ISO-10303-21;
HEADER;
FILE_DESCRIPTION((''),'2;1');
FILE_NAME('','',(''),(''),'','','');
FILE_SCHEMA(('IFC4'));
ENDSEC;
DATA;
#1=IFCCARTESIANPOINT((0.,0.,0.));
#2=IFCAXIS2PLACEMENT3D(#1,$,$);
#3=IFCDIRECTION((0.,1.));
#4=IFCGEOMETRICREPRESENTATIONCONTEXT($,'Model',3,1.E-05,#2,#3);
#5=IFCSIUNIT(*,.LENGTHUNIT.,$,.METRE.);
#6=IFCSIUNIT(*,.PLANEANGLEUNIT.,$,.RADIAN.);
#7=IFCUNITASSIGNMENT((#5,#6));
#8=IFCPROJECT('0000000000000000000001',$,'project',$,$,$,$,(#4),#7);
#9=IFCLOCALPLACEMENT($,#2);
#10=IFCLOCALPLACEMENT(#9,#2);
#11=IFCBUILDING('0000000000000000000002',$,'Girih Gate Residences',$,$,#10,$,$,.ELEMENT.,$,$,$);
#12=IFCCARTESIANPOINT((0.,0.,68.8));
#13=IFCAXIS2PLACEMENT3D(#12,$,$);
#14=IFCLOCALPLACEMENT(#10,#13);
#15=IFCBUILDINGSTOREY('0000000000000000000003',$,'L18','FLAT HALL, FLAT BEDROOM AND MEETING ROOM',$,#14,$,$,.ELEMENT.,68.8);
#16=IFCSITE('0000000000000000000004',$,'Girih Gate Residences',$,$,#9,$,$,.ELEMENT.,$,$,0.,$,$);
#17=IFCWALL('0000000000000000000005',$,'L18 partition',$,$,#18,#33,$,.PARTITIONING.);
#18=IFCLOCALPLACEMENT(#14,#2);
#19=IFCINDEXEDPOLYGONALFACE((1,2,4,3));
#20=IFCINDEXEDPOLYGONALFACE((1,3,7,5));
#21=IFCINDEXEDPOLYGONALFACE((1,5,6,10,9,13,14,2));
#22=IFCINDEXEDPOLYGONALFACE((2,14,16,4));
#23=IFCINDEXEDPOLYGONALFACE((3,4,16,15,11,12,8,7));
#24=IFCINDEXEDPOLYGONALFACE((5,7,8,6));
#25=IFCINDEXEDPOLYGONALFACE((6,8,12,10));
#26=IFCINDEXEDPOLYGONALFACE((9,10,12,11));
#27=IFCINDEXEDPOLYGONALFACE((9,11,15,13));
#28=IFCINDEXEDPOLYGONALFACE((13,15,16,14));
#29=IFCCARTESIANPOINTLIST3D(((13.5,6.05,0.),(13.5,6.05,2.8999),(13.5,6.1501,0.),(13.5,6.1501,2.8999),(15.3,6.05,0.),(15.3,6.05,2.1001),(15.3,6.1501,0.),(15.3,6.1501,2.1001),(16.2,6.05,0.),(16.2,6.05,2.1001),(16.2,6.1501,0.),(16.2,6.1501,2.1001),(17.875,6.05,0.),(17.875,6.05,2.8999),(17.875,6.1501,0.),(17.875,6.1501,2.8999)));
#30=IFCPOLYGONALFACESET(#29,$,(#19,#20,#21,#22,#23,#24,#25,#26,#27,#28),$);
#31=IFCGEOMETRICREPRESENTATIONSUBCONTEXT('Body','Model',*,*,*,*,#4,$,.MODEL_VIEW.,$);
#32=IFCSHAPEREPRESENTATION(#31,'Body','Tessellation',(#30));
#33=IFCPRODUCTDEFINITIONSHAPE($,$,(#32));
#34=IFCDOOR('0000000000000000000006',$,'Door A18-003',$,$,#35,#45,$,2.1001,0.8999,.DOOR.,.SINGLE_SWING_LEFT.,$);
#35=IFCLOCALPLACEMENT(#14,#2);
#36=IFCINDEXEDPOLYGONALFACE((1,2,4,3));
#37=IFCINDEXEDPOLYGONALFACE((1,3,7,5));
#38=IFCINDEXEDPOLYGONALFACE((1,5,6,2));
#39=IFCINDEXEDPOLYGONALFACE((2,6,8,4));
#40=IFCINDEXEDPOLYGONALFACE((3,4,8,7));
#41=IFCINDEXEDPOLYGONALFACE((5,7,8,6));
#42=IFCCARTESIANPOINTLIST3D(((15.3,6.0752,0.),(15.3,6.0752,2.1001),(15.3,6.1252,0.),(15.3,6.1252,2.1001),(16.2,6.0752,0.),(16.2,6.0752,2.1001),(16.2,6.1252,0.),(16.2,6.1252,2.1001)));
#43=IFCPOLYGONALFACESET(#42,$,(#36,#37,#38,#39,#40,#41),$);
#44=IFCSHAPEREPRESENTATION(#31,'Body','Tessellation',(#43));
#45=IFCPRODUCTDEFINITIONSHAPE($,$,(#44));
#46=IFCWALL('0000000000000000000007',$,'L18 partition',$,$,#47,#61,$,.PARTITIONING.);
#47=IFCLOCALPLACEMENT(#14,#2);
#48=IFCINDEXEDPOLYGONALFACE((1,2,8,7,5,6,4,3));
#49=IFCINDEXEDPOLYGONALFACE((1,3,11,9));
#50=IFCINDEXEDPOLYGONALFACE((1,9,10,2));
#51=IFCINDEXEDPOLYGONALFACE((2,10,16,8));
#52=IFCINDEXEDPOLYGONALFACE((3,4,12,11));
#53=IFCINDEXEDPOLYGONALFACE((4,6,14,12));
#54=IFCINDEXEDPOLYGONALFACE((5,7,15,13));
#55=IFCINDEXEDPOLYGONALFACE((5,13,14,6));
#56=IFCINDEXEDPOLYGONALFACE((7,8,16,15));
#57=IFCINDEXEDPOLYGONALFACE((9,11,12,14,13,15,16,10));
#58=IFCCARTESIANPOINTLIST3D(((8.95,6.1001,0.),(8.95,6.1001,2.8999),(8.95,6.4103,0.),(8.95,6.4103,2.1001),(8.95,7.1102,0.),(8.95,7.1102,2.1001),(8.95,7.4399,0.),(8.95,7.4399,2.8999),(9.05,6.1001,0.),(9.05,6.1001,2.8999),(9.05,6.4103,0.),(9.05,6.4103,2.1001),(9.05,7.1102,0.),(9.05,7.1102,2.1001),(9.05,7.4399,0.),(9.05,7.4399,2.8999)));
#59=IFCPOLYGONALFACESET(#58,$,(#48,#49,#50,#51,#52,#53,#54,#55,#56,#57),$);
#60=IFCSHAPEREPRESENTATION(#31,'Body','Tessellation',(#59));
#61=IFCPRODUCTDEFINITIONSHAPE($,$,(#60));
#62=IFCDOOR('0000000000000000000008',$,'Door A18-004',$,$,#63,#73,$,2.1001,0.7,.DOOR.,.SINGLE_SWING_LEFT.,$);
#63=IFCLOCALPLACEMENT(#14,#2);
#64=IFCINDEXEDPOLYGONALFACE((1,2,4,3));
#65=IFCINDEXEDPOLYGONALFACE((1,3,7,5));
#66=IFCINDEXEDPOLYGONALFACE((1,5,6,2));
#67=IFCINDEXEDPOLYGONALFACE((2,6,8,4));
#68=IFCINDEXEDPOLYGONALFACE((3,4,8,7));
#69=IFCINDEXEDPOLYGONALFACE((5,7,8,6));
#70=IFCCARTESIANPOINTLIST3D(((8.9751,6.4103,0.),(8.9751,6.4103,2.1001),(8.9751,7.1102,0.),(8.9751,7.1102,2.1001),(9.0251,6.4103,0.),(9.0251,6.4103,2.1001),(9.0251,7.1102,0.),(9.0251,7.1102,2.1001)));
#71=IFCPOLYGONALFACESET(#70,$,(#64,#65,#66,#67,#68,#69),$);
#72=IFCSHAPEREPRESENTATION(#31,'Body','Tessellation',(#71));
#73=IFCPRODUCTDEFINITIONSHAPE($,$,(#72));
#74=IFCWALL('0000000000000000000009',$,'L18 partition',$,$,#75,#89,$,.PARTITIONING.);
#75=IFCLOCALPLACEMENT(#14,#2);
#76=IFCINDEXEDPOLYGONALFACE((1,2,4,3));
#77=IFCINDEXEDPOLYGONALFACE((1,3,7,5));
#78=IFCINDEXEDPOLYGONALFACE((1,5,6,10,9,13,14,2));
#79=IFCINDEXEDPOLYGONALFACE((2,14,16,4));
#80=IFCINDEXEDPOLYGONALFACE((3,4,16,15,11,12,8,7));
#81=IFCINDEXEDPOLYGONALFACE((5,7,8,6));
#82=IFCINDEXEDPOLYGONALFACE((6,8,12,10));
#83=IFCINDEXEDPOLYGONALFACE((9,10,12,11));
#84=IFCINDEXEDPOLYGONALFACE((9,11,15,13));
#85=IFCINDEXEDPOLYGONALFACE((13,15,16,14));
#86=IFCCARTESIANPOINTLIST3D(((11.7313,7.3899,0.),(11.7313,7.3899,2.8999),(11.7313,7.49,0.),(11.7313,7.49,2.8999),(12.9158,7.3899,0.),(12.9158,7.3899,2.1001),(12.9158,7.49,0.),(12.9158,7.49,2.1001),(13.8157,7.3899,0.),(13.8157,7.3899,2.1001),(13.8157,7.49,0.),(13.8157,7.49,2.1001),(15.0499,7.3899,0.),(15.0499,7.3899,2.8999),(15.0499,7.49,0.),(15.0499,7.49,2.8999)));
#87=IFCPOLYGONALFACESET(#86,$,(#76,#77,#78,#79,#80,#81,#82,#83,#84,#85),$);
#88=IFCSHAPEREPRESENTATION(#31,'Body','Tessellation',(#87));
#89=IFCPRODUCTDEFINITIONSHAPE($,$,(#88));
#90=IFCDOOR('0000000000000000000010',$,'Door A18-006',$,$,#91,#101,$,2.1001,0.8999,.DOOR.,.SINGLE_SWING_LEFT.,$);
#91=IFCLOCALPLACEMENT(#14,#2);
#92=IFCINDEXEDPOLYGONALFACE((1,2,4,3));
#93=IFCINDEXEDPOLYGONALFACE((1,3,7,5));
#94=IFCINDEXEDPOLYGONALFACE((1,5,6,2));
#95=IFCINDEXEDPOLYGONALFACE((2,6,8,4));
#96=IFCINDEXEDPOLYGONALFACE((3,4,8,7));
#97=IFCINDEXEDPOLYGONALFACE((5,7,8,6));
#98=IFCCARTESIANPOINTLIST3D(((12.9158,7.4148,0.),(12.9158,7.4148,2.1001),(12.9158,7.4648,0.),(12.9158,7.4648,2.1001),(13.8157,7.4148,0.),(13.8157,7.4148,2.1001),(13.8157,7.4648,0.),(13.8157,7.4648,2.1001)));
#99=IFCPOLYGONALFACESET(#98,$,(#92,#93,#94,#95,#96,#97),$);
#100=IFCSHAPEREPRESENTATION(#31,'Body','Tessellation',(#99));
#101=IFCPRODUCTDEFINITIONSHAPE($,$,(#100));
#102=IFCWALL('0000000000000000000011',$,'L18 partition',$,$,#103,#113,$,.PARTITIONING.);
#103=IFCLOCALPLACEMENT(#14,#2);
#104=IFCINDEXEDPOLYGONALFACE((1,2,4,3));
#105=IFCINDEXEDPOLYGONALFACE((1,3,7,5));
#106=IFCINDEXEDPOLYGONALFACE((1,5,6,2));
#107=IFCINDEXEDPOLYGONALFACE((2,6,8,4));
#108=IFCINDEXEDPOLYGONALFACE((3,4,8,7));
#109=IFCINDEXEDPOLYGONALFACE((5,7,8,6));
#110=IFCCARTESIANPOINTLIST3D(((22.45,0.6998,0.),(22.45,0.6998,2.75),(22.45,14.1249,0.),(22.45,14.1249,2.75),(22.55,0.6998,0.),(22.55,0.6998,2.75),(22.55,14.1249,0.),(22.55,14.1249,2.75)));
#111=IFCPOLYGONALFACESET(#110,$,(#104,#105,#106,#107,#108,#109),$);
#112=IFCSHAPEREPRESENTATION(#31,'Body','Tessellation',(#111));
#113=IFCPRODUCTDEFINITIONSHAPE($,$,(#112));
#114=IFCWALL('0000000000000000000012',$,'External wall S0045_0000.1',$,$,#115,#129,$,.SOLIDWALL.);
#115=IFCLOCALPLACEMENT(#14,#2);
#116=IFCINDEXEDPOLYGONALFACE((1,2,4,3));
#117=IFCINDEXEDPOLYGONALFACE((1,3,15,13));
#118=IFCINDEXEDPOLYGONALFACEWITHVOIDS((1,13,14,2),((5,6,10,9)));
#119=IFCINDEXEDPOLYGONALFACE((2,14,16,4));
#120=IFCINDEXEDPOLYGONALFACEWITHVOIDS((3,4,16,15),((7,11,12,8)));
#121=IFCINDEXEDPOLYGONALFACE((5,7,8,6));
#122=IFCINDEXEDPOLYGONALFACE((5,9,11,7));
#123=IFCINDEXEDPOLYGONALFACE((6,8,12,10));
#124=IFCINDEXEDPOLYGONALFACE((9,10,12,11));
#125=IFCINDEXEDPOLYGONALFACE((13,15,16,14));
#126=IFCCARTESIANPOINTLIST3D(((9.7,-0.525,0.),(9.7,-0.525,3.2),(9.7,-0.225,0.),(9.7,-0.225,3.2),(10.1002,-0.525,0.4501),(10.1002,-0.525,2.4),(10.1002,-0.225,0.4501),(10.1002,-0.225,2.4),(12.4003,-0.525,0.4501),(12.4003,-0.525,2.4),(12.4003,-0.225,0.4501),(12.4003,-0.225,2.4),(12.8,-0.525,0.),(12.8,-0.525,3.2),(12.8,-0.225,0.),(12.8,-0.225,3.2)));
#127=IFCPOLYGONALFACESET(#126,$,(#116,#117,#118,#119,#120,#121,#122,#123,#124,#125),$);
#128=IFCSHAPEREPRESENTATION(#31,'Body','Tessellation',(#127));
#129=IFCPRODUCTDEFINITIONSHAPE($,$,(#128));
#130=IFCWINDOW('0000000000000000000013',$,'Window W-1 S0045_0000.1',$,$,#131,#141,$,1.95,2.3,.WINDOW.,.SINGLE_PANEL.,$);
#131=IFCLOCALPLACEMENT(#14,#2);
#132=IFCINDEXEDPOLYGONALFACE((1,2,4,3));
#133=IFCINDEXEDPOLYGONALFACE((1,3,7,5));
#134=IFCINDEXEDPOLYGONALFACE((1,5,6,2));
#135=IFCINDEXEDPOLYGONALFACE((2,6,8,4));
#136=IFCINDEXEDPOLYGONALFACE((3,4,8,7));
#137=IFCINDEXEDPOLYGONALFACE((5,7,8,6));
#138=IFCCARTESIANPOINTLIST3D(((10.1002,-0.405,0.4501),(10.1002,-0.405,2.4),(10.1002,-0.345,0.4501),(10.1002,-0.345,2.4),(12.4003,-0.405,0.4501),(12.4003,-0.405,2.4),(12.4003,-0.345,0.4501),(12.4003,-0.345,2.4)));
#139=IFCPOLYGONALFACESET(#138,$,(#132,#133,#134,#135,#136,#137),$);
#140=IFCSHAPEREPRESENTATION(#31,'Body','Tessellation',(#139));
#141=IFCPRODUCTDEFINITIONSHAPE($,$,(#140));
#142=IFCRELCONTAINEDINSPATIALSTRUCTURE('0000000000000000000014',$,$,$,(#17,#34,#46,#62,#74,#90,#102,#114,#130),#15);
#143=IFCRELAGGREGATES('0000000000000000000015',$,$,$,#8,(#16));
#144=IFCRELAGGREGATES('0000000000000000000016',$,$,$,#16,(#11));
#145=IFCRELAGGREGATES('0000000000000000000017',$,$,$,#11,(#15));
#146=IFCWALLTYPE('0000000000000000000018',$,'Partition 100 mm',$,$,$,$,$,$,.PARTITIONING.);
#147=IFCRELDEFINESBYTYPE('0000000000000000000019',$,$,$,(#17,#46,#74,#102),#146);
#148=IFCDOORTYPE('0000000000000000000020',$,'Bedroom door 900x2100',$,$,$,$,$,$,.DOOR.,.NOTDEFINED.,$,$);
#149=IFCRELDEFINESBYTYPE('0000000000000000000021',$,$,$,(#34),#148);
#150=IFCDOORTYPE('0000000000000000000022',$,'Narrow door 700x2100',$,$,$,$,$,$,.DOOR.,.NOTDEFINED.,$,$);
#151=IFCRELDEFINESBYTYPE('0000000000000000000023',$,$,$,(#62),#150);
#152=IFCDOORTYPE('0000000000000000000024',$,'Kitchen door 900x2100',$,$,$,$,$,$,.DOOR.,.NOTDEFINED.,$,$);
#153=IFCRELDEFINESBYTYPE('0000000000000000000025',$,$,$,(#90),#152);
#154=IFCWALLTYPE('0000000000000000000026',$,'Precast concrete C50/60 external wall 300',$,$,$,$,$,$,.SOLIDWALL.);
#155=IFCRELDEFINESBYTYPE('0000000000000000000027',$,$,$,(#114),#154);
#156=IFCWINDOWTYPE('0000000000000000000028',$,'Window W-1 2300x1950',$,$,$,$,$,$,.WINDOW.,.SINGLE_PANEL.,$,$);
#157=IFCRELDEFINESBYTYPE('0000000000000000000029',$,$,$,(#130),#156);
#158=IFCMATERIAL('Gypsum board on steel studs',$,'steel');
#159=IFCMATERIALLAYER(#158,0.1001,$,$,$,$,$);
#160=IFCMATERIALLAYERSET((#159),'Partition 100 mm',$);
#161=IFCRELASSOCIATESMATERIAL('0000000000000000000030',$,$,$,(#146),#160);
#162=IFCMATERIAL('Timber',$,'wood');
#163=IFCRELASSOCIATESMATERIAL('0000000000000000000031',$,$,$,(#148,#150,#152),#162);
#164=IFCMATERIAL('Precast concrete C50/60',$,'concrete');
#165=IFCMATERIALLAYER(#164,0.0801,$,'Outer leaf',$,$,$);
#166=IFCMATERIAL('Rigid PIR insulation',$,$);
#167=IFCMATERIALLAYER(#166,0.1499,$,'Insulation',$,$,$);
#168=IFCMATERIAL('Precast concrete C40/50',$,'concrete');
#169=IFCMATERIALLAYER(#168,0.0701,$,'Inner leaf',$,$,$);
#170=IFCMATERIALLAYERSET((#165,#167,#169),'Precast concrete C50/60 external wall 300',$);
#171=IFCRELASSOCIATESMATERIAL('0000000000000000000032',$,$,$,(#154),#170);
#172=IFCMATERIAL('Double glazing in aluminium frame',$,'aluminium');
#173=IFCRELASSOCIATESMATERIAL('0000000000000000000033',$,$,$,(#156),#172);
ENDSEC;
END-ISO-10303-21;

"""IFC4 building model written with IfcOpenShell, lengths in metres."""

from ifc_helpers import new_model, si_unit, direction, frame, frame_2d, origin, place, context, subcontext, project, spatial, rectangle, extrude, material, layer, layer_set, type_object, element, fill, save


model = new_model("IFC4")

# Units and contexts
model_context = context("Model", 3, precision=1e-05, world=origin(), true_north=direction((0.0, 1.0)))
body_context = subcontext(model_context, "Body", "Model", "MODEL_VIEW")
ifc_project = project(units=[si_unit("LENGTHUNIT", "METRE"), si_unit("PLANEANGLEUNIT", "RADIAN")], contexts=[model_context])

# Site, building, storey
site_placement = place(None, origin())
site = spatial("IfcSite", under=ifc_project, at=site_placement, Name="Girih Gate Residences", CompositionType="ELEMENT", RefElevation=0.0)
building_placement = place(site_placement, origin())
building = spatial("IfcBuilding", under=site, at=building_placement, Name="Girih Gate Residences", CompositionType="ELEMENT")
storey_placement = place(building_placement, frame((0.0, 0.0, 68.8)))
storey = spatial("IfcBuildingStorey", under=building, at=storey_placement, Name="L18", Description="FLAT HALL, FLAT BEDROOM AND MEETING ROOM", CompositionType="ELEMENT", Elevation=68.8)

# Shared definitions
ifc_material_1 = material(Name="Gypsum board on steel studs", Category="steel")
ifc_layer_1 = layer(ifc_material_1, 0.1001)
ifc_layer_set_1 = layer_set([ifc_layer_1], Name="Partition 100 mm")
wall_type_1 = type_object("IfcWallType", Name="Partition 100 mm", PredefinedType="PARTITIONING", material=ifc_layer_set_1)

# Shared definitions
ifc_material_2 = material(Name="Timber", Category="wood")
door_type_1 = type_object("IfcDoorType", Name="Bedroom door 900x2100", OperationType="NOTDEFINED", PredefinedType="DOOR", material=ifc_material_2)

# Walls, openings, doors
wall_1_placement = place(storey_placement, frame((17.875, 6.1001, 0.0), z_axis=(0.0, 0.0, 1.0), x_axis=(-1.0, 0.0, 0.0)))
wall_1 = element("IfcWall", 1, at=wall_1_placement, inside=storey, type_object=wall_type_1, Name="L18 partition", PredefinedType="PARTITIONING", context=body_context, shape_type="SweptSolid", body=[
    extrude(rectangle(XDim=4.375, YDim=0.1001, at=frame_2d((2.1875, 0.0))), origin(), (0.0, 0.0, 1.0), 2.8999),
])
opening_1_placement = place(wall_1_placement, frame((1.675, 0.0, 0.0)))
opening_1 = element("IfcOpeningElement", 2, at=opening_1_placement, cuts=wall_1, PredefinedType="OPENING", context=body_context, shape_type="SweptSolid", body=[
    extrude(rectangle(XDim=0.8999, YDim=2.1001, at=frame_2d((0.45, 1.05))), frame((0.0, 0.0601, 0.0), z_axis=(0.0, -1.0, 0.0), x_axis=(1.0, 0.0, 0.0)), (0.0, 0.0, 1.0), 0.1201),
])
door_1_placement = place(opening_1_placement, origin())
door_1 = element("IfcDoor", 3, at=door_1_placement, inside=storey, type_object=door_type_1, Name="Door A18-003", OperationType="SINGLE_SWING_LEFT", OverallHeight=2.1001, OverallWidth=0.8999, PredefinedType="DOOR", context=body_context, shape_type="SweptSolid", body=[
    extrude(rectangle(XDim=0.8999, YDim=2.1001, at=frame_2d((0.45, 1.05))), frame((0.0, 0.0249, 0.0), z_axis=(0.0, -1.0, 0.0), x_axis=(1.0, 0.0, 0.0)), (0.0, 0.0, 1.0), 0.05),
])
fill(opening_1, door_1)
wall_2_placement = place(storey_placement, frame((9.0, 6.1001, 0.0), z_axis=(0.0, 0.0, 1.0), x_axis=(0.0, 1.0, 0.0)))
wall_2 = element("IfcWall", 4, at=wall_2_placement, inside=storey, type_object=wall_type_1, Name="L18 partition", PredefinedType="PARTITIONING", context=body_context, shape_type="SweptSolid", body=[
    extrude(rectangle(XDim=1.3398, YDim=0.1001, at=frame_2d((0.6699, 0.0))), origin(), (0.0, 0.0, 1.0), 2.8999),
])
opening_2_placement = place(wall_2_placement, frame((0.3101, 0.0, 0.0)))
opening_2 = element("IfcOpeningElement", 5, at=opening_2_placement, cuts=wall_2, PredefinedType="OPENING", context=body_context, shape_type="SweptSolid", body=[
    extrude(rectangle(XDim=0.7, YDim=2.1001, at=frame_2d((0.3501, 1.05))), frame((0.0, 0.0601, 0.0), z_axis=(0.0, -1.0, 0.0), x_axis=(1.0, 0.0, 0.0)), (0.0, 0.0, 1.0), 0.1201),
])
door_type_2 = type_object("IfcDoorType", Name="Narrow door 700x2100", OperationType="NOTDEFINED", PredefinedType="DOOR", material=ifc_material_2)
door_2_placement = place(opening_2_placement, origin())
door_2 = element("IfcDoor", 6, at=door_2_placement, inside=storey, type_object=door_type_2, Name="Door A18-004", OperationType="SINGLE_SWING_LEFT", OverallHeight=2.1001, OverallWidth=0.7, PredefinedType="DOOR", context=body_context, shape_type="SweptSolid", body=[
    extrude(rectangle(XDim=0.7, YDim=2.1001, at=frame_2d((0.3501, 1.05))), frame((0.0, 0.0249, 0.0), z_axis=(0.0, -1.0, 0.0), x_axis=(1.0, 0.0, 0.0)), (0.0, 0.0, 1.0), 0.05),
])
fill(opening_2, door_2)
wall_3_placement = place(storey_placement, frame((11.7314, 7.4399, 0.0), z_axis=(0.0, 0.0, 1.0), x_axis=(1.0, 0.0, 0.0)))
wall_3 = element("IfcWall", 7, at=wall_3_placement, inside=storey, type_object=wall_type_1, Name="L18 partition", PredefinedType="PARTITIONING", context=body_context, shape_type="SweptSolid", body=[
    extrude(rectangle(XDim=3.3186, YDim=0.1001, at=frame_2d((1.6592, 0.0))), origin(), (0.0, 0.0, 1.0), 2.8999),
])
opening_3_placement = place(wall_3_placement, frame((1.1843, 0.0, 0.0)))
opening_3 = element("IfcOpeningElement", 8, at=opening_3_placement, cuts=wall_3, PredefinedType="OPENING", context=body_context, shape_type="SweptSolid", body=[
    extrude(rectangle(XDim=0.8999, YDim=2.1001, at=frame_2d((0.45, 1.05))), frame((0.0, 0.0601, 0.0), z_axis=(0.0, -1.0, 0.0), x_axis=(1.0, 0.0, 0.0)), (0.0, 0.0, 1.0), 0.1201),
])
door_type_3 = type_object("IfcDoorType", Name="Kitchen door 900x2100", OperationType="NOTDEFINED", PredefinedType="DOOR", material=ifc_material_2)
door_3_placement = place(opening_3_placement, origin())
door_3 = element("IfcDoor", 9, at=door_3_placement, inside=storey, type_object=door_type_3, Name="Door A18-006", OperationType="SINGLE_SWING_LEFT", OverallHeight=2.1001, OverallWidth=0.8999, PredefinedType="DOOR", context=body_context, shape_type="SweptSolid", body=[
    extrude(rectangle(XDim=0.8999, YDim=2.1001, at=frame_2d((0.45, 1.05))), frame((0.0, 0.0249, 0.0), z_axis=(0.0, -1.0, 0.0), x_axis=(1.0, 0.0, 0.0)), (0.0, 0.0, 1.0), 0.05),
])
fill(opening_3, door_3)

# Wall
wall_4_placement = place(storey_placement, frame((22.5, 0.7, 0.0), z_axis=(0.0, 0.0, 1.0), x_axis=(0.0, 1.0, 0.0)))
element("IfcWall", 10, at=wall_4_placement, inside=storey, type_object=wall_type_1, Name="L18 partition", PredefinedType="PARTITIONING", context=body_context, shape_type="SweptSolid", body=[
    extrude(rectangle(XDim=13.425, YDim=0.1001, at=frame_2d((6.7124, 0.0))), origin(), (0.0, 0.0, 1.0), 2.75),
])

# Wall, opening, window
ifc_material_3 = material(Name="Precast concrete C50/60", Category="concrete")
ifc_layer_2 = layer(ifc_material_3, 0.0801, Name="Outer leaf")
ifc_material_4 = material(Name="Rigid PIR insulation")
ifc_layer_3 = layer(ifc_material_4, 0.1499, Name="Insulation")
ifc_material_5 = material(Name="Precast concrete C40/50", Category="concrete")
ifc_layer_4 = layer(ifc_material_5, 0.0701, Name="Inner leaf")
ifc_layer_set_2 = layer_set([ifc_layer_2, ifc_layer_3, ifc_layer_4], Name="Precast concrete C50/60 external wall 300")
wall_type_2 = type_object("IfcWallType", Name="Precast concrete C50/60 external wall 300", PredefinedType="SOLIDWALL", material=ifc_layer_set_2)
wall_5_placement = place(storey_placement, frame((12.8, -0.375, 0.0), z_axis=(0.0, 0.0, 1.0), x_axis=(-1.0, 0.0, 0.0)))
wall_5 = element("IfcWall", 11, at=wall_5_placement, inside=storey, type_object=wall_type_2, Name="External wall S0045_0000.1", PredefinedType="SOLIDWALL", context=body_context, shape_type="SweptSolid", body=[
    extrude(rectangle(XDim=3.1001, YDim=0.3, at=frame_2d((1.55, 0.0))), origin(), (0.0, 0.0, 1.0), 3.2),
])
opening_4_placement = place(wall_5_placement, frame((0.3999, 0.0, 0.45)))
opening_4 = element("IfcOpeningElement", 12, at=opening_4_placement, cuts=wall_5, PredefinedType="OPENING", context=body_context, shape_type="SweptSolid", body=[
    extrude(rectangle(XDim=2.3, YDim=1.95, at=frame_2d((1.1499, 0.9751))), frame((0.0, 0.1599, 0.0), z_axis=(0.0, -1.0, 0.0), x_axis=(1.0, 0.0, 0.0)), (0.0, 0.0, 1.0), 0.3201),
])
ifc_material_6 = material(Name="Double glazing in aluminium frame", Category="aluminium")
window_type = type_object("IfcWindowType", Name="Window W-1 2300x1950", PartitioningType="SINGLE_PANEL", PredefinedType="WINDOW", material=ifc_material_6)
window_1_placement = place(opening_4_placement, origin())
window_1 = element("IfcWindow", 13, at=window_1_placement, inside=storey, type_object=window_type, Name="Window W-1 S0045_0000.1", OverallHeight=1.95, OverallWidth=2.3, PartitioningType="SINGLE_PANEL", PredefinedType="WINDOW", context=body_context, shape_type="SweptSolid", body=[
    extrude(rectangle(XDim=2.3, YDim=1.95, at=frame_2d((1.1499, 0.9751))), frame((0.0, 0.03, 0.0), z_axis=(0.0, -1.0, 0.0), x_axis=(1.0, 0.0, 0.0)), (0.0, 0.0, 1.0), 0.0601),
])
fill(opening_4, window_1)

save(model, "model.ifc")
